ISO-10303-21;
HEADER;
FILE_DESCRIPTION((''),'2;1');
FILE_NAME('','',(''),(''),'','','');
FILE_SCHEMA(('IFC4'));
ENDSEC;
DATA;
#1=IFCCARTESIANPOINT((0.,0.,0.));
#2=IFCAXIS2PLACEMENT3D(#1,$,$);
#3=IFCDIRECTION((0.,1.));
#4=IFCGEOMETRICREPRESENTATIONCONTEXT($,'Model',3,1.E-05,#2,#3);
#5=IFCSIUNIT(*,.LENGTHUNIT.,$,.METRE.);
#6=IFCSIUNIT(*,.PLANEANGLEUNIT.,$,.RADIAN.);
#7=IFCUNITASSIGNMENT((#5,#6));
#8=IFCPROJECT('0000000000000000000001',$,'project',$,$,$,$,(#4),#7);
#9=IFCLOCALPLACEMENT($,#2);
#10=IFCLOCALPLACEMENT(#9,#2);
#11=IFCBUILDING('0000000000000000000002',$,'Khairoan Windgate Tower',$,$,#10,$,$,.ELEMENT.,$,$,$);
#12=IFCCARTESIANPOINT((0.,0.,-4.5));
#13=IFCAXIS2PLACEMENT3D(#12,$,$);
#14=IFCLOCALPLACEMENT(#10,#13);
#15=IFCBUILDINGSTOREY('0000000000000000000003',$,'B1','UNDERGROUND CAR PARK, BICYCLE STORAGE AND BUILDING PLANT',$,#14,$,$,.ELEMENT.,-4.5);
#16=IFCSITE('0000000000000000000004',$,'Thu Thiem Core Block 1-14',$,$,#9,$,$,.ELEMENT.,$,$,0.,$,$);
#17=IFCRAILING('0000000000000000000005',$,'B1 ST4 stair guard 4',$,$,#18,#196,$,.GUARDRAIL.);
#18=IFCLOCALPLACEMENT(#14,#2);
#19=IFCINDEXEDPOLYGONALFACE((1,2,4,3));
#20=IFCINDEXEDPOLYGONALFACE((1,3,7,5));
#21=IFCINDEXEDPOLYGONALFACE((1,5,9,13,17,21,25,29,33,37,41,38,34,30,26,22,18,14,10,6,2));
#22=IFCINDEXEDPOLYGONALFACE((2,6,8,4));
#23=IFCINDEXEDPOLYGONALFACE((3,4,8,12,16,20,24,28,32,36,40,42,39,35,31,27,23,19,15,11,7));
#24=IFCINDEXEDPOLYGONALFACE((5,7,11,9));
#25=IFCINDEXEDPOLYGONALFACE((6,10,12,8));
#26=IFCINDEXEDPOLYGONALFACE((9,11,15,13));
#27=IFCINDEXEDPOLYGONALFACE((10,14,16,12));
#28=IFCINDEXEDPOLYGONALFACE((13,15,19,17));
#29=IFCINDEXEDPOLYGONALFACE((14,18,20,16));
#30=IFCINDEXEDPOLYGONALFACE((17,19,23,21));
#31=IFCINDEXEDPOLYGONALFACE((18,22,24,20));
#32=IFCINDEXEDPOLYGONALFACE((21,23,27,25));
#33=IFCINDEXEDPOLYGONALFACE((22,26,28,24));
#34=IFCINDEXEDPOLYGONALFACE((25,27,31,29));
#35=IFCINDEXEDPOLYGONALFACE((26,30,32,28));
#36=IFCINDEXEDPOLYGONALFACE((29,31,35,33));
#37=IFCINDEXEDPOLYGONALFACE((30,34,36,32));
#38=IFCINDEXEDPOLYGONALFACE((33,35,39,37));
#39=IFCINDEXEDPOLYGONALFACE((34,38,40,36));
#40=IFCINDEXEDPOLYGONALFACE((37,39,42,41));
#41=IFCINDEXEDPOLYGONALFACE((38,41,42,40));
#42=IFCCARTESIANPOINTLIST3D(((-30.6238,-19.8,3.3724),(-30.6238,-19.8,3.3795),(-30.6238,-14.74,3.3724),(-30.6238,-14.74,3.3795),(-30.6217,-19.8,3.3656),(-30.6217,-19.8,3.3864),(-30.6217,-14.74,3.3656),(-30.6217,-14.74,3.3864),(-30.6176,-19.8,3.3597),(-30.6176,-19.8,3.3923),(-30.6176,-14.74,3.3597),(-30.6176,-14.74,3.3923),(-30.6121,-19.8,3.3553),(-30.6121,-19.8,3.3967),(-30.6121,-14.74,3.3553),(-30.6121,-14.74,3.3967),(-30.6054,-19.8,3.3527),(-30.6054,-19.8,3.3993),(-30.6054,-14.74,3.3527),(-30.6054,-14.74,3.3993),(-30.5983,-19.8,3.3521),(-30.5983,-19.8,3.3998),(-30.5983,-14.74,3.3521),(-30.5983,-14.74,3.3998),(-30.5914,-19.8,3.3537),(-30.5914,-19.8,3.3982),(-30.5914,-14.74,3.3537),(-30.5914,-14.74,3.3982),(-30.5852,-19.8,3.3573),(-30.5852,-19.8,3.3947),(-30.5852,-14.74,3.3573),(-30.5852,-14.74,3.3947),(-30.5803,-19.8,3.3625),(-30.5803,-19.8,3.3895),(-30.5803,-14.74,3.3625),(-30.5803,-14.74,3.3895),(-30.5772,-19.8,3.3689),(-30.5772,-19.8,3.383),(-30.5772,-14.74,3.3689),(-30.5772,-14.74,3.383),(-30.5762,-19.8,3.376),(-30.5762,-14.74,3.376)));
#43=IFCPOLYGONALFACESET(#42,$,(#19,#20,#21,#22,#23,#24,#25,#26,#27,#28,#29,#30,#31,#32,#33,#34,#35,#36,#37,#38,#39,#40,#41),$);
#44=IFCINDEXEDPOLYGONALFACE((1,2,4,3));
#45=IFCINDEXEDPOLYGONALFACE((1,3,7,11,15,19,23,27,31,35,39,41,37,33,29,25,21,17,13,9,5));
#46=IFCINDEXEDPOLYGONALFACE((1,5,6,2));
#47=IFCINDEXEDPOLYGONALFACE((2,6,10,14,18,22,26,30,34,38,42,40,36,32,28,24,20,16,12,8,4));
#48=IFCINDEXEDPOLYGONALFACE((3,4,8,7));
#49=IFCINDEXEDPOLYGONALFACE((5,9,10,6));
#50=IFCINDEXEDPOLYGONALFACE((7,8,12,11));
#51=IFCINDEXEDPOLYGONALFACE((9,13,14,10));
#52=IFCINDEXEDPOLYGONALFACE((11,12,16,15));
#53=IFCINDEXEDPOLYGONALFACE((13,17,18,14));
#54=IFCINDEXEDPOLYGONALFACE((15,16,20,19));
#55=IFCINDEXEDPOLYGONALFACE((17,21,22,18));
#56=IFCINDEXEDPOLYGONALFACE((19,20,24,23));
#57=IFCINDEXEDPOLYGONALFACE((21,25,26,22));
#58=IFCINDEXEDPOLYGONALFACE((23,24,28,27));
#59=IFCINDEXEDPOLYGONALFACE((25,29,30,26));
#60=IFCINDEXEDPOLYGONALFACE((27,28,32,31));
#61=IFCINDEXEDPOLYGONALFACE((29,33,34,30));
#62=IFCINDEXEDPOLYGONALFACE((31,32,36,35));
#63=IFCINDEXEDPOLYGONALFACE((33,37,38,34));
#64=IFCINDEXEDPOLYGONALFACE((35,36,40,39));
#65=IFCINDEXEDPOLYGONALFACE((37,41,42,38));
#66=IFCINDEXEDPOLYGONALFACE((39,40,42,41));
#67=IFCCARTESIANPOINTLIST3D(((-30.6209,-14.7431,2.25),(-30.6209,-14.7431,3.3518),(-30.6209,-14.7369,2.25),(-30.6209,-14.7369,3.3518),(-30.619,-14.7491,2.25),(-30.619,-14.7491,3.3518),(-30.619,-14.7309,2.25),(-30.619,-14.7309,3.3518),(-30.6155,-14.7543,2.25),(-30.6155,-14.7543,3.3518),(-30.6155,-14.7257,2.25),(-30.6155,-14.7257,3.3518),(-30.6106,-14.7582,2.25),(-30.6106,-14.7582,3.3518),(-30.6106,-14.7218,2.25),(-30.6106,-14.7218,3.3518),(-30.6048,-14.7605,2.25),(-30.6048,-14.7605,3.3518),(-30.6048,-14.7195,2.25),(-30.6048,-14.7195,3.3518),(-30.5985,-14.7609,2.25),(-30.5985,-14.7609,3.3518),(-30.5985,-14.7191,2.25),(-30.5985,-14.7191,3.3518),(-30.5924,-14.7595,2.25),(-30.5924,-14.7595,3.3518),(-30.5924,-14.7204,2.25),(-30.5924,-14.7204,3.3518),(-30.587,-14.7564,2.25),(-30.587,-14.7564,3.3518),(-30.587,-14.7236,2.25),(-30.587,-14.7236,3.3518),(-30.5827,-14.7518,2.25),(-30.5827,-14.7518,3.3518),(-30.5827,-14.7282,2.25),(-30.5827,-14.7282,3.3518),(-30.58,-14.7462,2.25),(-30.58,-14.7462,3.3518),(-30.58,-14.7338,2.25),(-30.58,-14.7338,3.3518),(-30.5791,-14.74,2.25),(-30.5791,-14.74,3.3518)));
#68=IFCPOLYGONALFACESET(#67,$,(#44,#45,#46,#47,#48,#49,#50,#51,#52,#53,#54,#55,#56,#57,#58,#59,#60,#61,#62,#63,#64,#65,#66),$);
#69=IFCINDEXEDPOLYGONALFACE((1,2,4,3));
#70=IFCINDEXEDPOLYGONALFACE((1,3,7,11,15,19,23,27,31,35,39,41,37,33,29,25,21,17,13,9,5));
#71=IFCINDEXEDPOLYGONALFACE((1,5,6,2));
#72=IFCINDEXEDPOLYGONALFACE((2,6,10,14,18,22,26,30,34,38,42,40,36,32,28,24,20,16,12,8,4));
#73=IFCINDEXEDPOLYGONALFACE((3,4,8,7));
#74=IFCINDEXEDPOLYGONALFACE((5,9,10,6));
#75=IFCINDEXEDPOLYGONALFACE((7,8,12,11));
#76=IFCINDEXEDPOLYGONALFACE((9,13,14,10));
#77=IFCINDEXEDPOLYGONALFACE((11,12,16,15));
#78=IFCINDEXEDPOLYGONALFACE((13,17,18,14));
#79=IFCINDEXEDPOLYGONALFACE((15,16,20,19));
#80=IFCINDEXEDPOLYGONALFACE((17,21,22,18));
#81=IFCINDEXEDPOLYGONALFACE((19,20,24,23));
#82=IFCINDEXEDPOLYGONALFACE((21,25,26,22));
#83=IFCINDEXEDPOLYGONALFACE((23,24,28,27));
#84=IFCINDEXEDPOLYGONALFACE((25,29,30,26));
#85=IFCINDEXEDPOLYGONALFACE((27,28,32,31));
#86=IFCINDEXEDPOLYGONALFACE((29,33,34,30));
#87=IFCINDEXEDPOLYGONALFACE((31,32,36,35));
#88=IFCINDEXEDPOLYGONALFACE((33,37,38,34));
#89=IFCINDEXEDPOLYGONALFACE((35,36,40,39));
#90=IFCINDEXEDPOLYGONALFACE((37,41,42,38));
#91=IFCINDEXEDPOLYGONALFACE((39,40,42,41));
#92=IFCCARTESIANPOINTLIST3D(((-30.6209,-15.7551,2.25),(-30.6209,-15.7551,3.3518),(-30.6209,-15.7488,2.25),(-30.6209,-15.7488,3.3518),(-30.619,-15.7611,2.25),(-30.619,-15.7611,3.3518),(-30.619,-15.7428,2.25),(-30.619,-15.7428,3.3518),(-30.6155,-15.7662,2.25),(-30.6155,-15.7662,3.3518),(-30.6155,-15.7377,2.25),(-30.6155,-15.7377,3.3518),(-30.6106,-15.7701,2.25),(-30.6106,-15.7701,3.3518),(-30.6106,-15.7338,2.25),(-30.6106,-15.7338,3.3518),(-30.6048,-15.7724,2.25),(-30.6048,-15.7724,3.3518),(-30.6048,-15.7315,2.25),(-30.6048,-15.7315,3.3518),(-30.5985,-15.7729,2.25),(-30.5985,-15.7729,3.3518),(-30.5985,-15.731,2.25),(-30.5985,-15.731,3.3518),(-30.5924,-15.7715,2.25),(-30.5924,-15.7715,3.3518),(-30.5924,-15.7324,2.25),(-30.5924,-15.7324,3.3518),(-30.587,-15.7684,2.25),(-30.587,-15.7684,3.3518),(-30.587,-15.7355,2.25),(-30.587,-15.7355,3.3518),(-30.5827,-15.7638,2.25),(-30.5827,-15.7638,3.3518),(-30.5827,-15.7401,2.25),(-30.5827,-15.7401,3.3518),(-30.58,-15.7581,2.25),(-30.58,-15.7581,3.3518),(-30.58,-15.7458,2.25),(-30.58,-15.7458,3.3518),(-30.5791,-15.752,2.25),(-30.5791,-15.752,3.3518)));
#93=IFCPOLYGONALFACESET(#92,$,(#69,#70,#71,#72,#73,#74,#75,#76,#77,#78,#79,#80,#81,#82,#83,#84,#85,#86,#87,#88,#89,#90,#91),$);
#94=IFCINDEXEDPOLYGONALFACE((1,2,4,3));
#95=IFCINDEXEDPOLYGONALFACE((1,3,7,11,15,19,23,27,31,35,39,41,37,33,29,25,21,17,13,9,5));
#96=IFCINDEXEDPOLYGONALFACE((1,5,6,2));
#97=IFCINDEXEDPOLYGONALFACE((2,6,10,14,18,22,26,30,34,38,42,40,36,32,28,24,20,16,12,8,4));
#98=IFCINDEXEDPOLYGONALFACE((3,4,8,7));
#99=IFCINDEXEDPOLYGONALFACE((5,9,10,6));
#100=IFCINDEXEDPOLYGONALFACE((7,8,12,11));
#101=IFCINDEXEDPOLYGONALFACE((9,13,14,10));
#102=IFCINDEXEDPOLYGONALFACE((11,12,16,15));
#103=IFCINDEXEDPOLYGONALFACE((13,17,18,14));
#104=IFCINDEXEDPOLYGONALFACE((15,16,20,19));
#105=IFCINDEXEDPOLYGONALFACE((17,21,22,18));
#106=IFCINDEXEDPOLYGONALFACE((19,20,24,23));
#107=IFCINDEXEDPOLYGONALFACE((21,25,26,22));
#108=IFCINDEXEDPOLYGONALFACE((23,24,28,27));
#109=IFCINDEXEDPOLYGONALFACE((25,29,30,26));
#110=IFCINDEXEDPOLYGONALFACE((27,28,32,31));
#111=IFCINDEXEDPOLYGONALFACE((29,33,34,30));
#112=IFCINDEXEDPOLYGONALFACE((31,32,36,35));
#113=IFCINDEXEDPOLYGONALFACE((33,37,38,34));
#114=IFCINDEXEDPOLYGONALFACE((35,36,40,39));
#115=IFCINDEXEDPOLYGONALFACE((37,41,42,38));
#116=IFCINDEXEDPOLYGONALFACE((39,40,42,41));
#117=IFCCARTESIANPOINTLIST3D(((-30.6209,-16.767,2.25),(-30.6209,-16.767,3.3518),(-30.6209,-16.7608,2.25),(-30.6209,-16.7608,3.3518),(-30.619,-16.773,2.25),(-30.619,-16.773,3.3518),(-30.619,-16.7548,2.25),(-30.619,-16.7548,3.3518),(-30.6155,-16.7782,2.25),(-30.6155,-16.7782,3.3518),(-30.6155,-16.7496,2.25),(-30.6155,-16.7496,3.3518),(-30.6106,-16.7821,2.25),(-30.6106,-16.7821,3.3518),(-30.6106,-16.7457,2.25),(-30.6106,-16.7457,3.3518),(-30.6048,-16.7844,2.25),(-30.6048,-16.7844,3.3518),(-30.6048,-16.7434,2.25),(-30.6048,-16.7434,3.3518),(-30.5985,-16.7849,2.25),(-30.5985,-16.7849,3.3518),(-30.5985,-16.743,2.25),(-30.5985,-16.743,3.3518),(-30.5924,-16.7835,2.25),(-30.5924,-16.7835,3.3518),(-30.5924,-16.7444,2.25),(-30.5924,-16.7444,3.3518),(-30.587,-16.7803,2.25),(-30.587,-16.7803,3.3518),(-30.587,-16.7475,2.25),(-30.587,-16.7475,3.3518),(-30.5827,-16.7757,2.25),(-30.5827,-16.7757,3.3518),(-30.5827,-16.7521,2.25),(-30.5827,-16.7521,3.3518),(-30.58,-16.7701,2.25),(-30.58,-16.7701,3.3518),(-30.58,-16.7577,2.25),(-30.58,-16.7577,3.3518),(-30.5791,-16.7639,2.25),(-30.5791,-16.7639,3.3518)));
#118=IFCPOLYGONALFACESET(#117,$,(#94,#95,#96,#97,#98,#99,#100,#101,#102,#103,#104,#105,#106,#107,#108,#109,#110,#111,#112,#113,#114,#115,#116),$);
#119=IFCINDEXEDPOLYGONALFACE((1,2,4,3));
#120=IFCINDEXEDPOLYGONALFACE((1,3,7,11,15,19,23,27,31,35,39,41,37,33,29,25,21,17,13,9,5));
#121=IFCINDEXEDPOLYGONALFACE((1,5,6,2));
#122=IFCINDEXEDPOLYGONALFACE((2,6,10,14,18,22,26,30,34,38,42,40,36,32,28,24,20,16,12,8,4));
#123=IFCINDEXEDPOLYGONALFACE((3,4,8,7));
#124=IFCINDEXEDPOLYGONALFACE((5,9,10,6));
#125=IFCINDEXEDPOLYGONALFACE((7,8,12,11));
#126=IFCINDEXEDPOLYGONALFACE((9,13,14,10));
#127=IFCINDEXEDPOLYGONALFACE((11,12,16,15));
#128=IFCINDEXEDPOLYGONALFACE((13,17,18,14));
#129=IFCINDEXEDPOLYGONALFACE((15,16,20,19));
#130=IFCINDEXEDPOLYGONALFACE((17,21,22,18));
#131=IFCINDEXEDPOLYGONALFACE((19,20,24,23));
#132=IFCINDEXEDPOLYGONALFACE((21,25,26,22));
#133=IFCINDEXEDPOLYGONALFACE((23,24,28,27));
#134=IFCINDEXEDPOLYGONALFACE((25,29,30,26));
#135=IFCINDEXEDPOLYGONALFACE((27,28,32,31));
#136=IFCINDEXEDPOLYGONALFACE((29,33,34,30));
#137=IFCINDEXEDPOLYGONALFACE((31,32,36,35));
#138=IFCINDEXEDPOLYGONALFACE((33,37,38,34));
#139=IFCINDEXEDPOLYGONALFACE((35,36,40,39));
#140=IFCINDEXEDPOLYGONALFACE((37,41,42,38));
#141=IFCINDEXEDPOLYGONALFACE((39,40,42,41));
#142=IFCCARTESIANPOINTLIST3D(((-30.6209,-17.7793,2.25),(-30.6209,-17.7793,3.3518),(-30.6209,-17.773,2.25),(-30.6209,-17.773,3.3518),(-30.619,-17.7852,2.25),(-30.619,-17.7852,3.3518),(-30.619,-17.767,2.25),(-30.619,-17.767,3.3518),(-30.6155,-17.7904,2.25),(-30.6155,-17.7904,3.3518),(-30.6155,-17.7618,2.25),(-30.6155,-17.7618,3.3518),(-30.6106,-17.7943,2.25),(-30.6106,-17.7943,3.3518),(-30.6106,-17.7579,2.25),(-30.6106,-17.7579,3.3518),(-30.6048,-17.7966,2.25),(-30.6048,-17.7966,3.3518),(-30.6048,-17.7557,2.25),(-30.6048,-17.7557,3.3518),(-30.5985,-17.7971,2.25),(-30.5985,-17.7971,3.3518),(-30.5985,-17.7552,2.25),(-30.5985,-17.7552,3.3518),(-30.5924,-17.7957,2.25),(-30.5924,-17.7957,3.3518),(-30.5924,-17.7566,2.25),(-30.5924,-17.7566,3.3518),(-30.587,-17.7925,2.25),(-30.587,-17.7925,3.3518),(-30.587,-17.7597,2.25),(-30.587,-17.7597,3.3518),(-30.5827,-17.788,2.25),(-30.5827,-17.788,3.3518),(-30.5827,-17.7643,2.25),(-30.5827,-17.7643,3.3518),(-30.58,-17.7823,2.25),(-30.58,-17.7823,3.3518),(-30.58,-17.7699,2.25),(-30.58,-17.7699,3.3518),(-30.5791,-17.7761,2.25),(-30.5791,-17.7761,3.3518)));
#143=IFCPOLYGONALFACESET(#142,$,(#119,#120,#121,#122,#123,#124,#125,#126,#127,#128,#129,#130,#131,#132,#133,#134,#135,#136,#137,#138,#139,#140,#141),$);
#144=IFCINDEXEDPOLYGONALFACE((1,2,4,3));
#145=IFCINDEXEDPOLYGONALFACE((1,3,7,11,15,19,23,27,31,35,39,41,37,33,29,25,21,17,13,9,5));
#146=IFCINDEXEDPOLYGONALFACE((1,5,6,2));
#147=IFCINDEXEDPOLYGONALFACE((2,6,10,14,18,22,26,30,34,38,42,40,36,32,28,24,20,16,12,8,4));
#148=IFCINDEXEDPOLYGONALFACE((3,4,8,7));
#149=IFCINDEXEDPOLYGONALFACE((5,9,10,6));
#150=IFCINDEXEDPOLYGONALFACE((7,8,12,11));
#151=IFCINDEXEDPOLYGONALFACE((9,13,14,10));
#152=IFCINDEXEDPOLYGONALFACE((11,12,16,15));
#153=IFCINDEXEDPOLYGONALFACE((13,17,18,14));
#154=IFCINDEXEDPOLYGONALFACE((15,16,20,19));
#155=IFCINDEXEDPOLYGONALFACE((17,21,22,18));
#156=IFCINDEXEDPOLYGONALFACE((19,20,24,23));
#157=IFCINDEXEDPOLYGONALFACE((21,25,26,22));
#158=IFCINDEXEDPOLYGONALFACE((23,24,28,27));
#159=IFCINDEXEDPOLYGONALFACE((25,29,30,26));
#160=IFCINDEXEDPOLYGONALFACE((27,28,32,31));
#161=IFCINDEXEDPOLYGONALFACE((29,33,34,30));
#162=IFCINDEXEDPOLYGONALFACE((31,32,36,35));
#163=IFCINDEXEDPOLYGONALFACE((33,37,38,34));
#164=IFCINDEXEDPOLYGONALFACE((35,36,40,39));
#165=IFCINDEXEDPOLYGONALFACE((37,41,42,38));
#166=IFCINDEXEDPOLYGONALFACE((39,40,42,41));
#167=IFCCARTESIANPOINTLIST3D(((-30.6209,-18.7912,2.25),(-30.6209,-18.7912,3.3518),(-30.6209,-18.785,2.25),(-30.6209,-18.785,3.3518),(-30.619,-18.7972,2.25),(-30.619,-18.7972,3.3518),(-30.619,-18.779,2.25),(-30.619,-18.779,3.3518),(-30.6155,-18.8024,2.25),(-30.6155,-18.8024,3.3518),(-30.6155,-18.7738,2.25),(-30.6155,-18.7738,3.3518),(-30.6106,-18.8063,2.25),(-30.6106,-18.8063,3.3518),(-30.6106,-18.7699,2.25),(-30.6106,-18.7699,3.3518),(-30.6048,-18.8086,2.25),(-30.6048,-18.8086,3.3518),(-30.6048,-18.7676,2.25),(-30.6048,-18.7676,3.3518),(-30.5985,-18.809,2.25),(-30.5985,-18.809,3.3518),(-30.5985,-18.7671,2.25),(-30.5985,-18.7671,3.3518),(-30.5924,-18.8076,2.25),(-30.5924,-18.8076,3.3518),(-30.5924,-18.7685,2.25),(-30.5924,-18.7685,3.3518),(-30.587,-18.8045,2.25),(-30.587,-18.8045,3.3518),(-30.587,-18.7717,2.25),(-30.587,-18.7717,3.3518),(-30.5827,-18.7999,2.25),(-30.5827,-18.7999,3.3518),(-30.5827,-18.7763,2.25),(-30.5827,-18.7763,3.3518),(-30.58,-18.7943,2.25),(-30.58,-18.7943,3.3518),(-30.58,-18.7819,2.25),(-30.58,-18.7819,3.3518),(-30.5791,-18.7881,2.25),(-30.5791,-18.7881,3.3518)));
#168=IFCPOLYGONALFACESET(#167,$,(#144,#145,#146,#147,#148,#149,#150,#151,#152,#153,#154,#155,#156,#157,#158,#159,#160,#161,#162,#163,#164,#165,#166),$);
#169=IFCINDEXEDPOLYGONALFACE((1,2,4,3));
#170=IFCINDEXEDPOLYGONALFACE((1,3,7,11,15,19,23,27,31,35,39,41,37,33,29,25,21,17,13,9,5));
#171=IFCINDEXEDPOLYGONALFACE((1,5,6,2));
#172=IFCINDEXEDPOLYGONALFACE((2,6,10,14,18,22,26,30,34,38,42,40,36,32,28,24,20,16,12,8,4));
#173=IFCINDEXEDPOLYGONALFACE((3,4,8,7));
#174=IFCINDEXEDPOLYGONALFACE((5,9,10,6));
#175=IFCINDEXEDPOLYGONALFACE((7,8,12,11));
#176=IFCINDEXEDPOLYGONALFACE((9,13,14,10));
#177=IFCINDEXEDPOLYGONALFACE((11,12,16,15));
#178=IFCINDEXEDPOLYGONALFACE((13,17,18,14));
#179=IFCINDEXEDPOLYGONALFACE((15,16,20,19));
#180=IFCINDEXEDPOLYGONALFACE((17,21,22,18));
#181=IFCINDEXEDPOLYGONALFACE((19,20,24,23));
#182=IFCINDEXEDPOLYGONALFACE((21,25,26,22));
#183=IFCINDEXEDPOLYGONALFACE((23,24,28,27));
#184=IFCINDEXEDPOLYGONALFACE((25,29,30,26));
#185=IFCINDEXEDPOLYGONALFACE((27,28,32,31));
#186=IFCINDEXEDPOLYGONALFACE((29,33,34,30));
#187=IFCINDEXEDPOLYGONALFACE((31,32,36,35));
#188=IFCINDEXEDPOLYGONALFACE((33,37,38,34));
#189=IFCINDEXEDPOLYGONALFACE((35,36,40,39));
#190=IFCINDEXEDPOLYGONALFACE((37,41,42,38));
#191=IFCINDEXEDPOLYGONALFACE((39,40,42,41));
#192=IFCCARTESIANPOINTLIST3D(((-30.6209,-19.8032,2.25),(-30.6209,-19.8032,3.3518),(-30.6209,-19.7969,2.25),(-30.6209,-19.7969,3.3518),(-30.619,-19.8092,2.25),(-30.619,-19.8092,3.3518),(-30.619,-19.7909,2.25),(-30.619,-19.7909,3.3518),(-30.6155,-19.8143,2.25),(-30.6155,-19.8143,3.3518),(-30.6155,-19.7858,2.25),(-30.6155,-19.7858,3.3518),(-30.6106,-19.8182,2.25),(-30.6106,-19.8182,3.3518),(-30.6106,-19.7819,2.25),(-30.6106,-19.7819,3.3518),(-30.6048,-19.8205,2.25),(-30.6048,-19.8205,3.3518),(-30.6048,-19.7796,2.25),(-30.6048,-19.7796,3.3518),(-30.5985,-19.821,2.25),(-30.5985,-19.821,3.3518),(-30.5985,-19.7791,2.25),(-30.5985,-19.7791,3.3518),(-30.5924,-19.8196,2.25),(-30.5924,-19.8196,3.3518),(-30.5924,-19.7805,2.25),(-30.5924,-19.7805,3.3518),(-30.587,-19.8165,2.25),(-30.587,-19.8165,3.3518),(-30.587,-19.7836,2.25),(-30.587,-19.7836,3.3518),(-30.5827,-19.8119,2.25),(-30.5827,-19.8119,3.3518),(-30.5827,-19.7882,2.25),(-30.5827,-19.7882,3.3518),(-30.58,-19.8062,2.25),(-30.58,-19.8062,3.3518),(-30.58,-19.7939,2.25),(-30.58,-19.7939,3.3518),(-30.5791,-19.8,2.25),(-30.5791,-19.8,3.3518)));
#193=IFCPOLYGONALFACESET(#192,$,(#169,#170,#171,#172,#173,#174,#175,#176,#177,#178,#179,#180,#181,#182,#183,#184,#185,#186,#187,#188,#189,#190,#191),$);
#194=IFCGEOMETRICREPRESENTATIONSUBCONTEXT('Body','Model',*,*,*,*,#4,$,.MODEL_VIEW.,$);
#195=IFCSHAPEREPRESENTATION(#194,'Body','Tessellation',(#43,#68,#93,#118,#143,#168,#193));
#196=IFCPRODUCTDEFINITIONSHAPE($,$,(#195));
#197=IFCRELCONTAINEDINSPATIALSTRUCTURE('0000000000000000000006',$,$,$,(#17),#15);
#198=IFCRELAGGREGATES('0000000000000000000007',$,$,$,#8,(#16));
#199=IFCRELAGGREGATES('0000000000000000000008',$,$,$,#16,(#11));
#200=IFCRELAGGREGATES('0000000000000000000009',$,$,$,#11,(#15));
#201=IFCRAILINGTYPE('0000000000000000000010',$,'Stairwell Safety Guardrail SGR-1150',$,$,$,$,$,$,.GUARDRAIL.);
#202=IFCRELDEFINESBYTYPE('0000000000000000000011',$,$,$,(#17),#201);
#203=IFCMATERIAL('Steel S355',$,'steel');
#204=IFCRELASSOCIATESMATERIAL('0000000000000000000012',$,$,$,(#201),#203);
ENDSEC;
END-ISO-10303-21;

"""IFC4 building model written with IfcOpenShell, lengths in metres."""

from ifc_helpers import new_model, si_unit, direction, frame, origin, origin_2d, place, context, subcontext, project, spatial, circle, extrude, material, type_object, element, save


model = new_model("IFC4")

# Units and contexts
model_context = context("Model", 3, precision=1e-05, world=origin(), true_north=direction((0.0, 1.0)))
body_context = subcontext(model_context, "Body", "Model", "MODEL_VIEW")
ifc_project = project(units=[si_unit("LENGTHUNIT", "METRE"), si_unit("PLANEANGLEUNIT", "RADIAN")], contexts=[model_context])

# Site, building, storey
site_placement = place(None, origin())
site = spatial("IfcSite", under=ifc_project, at=site_placement, Name="Thu Thiem Core Block 1-14", CompositionType="ELEMENT", RefElevation=0.0)
building_placement = place(site_placement, origin())
building = spatial("IfcBuilding", under=site, at=building_placement, Name="Khairoan Windgate Tower", CompositionType="ELEMENT")
storey_placement = place(building_placement, frame((0.0, 0.0, -4.5)))
storey = spatial("IfcBuildingStorey", under=building, at=storey_placement, Name="B1", Description="UNDERGROUND CAR PARK, BICYCLE STORAGE AND BUILDING PLANT", CompositionType="ELEMENT", Elevation=-4.5)

# Railing
ifc_material_1 = material(Name="Steel S355", Category="steel")
railing_type_1 = type_object("IfcRailingType", Name="Stairwell Safety Guardrail SGR-1150", PredefinedType="GUARDRAIL", material=ifc_material_1)
for number, where, name in (
    (1, (-30.6001, -14.74, 2.25), "B1 ST4 stair guard 4"),
):
    element("IfcRailing", number, at=place(storey_placement, frame(where)), inside=storey, type_object=railing_type_1, Name=name, PredefinedType="GUARDRAIL", context=body_context, shape_type="SweptSolid", body=[
        extrude(circle(Radius=0.0239, at=origin_2d()), frame((0.0, 0.0, 1.126), z_axis=(0.0, -1.0, 0.0), x_axis=(1.0, 0.0, 0.0)), (0.0, 0.0, 1.0), 5.0601),
        extrude(circle(Radius=0.021, at=origin_2d()), origin(), (0.0, 0.0, 1.0), 1.1018),
        extrude(circle(Radius=0.021, at=origin_2d()), frame((0.0, -1.012, 0.0)), (0.0, 0.0, 1.0), 1.1018),
        extrude(circle(Radius=0.021, at=origin_2d()), frame((0.0, -2.0239, 0.0)), (0.0, 0.0, 1.0), 1.1018),
        extrude(circle(Radius=0.021, at=origin_2d()), frame((0.0, -3.0361, 0.0)), (0.0, 0.0, 1.0), 1.1018),
        extrude(circle(Radius=0.021, at=origin_2d()), frame((0.0, -4.0481, 0.0)), (0.0, 0.0, 1.0), 1.1018),
        extrude(circle(Radius=0.021, at=origin_2d()), frame((0.0, -5.0601, 0.0)), (0.0, 0.0, 1.0), 1.1018),
    ])

save(model, "model.ifc")
